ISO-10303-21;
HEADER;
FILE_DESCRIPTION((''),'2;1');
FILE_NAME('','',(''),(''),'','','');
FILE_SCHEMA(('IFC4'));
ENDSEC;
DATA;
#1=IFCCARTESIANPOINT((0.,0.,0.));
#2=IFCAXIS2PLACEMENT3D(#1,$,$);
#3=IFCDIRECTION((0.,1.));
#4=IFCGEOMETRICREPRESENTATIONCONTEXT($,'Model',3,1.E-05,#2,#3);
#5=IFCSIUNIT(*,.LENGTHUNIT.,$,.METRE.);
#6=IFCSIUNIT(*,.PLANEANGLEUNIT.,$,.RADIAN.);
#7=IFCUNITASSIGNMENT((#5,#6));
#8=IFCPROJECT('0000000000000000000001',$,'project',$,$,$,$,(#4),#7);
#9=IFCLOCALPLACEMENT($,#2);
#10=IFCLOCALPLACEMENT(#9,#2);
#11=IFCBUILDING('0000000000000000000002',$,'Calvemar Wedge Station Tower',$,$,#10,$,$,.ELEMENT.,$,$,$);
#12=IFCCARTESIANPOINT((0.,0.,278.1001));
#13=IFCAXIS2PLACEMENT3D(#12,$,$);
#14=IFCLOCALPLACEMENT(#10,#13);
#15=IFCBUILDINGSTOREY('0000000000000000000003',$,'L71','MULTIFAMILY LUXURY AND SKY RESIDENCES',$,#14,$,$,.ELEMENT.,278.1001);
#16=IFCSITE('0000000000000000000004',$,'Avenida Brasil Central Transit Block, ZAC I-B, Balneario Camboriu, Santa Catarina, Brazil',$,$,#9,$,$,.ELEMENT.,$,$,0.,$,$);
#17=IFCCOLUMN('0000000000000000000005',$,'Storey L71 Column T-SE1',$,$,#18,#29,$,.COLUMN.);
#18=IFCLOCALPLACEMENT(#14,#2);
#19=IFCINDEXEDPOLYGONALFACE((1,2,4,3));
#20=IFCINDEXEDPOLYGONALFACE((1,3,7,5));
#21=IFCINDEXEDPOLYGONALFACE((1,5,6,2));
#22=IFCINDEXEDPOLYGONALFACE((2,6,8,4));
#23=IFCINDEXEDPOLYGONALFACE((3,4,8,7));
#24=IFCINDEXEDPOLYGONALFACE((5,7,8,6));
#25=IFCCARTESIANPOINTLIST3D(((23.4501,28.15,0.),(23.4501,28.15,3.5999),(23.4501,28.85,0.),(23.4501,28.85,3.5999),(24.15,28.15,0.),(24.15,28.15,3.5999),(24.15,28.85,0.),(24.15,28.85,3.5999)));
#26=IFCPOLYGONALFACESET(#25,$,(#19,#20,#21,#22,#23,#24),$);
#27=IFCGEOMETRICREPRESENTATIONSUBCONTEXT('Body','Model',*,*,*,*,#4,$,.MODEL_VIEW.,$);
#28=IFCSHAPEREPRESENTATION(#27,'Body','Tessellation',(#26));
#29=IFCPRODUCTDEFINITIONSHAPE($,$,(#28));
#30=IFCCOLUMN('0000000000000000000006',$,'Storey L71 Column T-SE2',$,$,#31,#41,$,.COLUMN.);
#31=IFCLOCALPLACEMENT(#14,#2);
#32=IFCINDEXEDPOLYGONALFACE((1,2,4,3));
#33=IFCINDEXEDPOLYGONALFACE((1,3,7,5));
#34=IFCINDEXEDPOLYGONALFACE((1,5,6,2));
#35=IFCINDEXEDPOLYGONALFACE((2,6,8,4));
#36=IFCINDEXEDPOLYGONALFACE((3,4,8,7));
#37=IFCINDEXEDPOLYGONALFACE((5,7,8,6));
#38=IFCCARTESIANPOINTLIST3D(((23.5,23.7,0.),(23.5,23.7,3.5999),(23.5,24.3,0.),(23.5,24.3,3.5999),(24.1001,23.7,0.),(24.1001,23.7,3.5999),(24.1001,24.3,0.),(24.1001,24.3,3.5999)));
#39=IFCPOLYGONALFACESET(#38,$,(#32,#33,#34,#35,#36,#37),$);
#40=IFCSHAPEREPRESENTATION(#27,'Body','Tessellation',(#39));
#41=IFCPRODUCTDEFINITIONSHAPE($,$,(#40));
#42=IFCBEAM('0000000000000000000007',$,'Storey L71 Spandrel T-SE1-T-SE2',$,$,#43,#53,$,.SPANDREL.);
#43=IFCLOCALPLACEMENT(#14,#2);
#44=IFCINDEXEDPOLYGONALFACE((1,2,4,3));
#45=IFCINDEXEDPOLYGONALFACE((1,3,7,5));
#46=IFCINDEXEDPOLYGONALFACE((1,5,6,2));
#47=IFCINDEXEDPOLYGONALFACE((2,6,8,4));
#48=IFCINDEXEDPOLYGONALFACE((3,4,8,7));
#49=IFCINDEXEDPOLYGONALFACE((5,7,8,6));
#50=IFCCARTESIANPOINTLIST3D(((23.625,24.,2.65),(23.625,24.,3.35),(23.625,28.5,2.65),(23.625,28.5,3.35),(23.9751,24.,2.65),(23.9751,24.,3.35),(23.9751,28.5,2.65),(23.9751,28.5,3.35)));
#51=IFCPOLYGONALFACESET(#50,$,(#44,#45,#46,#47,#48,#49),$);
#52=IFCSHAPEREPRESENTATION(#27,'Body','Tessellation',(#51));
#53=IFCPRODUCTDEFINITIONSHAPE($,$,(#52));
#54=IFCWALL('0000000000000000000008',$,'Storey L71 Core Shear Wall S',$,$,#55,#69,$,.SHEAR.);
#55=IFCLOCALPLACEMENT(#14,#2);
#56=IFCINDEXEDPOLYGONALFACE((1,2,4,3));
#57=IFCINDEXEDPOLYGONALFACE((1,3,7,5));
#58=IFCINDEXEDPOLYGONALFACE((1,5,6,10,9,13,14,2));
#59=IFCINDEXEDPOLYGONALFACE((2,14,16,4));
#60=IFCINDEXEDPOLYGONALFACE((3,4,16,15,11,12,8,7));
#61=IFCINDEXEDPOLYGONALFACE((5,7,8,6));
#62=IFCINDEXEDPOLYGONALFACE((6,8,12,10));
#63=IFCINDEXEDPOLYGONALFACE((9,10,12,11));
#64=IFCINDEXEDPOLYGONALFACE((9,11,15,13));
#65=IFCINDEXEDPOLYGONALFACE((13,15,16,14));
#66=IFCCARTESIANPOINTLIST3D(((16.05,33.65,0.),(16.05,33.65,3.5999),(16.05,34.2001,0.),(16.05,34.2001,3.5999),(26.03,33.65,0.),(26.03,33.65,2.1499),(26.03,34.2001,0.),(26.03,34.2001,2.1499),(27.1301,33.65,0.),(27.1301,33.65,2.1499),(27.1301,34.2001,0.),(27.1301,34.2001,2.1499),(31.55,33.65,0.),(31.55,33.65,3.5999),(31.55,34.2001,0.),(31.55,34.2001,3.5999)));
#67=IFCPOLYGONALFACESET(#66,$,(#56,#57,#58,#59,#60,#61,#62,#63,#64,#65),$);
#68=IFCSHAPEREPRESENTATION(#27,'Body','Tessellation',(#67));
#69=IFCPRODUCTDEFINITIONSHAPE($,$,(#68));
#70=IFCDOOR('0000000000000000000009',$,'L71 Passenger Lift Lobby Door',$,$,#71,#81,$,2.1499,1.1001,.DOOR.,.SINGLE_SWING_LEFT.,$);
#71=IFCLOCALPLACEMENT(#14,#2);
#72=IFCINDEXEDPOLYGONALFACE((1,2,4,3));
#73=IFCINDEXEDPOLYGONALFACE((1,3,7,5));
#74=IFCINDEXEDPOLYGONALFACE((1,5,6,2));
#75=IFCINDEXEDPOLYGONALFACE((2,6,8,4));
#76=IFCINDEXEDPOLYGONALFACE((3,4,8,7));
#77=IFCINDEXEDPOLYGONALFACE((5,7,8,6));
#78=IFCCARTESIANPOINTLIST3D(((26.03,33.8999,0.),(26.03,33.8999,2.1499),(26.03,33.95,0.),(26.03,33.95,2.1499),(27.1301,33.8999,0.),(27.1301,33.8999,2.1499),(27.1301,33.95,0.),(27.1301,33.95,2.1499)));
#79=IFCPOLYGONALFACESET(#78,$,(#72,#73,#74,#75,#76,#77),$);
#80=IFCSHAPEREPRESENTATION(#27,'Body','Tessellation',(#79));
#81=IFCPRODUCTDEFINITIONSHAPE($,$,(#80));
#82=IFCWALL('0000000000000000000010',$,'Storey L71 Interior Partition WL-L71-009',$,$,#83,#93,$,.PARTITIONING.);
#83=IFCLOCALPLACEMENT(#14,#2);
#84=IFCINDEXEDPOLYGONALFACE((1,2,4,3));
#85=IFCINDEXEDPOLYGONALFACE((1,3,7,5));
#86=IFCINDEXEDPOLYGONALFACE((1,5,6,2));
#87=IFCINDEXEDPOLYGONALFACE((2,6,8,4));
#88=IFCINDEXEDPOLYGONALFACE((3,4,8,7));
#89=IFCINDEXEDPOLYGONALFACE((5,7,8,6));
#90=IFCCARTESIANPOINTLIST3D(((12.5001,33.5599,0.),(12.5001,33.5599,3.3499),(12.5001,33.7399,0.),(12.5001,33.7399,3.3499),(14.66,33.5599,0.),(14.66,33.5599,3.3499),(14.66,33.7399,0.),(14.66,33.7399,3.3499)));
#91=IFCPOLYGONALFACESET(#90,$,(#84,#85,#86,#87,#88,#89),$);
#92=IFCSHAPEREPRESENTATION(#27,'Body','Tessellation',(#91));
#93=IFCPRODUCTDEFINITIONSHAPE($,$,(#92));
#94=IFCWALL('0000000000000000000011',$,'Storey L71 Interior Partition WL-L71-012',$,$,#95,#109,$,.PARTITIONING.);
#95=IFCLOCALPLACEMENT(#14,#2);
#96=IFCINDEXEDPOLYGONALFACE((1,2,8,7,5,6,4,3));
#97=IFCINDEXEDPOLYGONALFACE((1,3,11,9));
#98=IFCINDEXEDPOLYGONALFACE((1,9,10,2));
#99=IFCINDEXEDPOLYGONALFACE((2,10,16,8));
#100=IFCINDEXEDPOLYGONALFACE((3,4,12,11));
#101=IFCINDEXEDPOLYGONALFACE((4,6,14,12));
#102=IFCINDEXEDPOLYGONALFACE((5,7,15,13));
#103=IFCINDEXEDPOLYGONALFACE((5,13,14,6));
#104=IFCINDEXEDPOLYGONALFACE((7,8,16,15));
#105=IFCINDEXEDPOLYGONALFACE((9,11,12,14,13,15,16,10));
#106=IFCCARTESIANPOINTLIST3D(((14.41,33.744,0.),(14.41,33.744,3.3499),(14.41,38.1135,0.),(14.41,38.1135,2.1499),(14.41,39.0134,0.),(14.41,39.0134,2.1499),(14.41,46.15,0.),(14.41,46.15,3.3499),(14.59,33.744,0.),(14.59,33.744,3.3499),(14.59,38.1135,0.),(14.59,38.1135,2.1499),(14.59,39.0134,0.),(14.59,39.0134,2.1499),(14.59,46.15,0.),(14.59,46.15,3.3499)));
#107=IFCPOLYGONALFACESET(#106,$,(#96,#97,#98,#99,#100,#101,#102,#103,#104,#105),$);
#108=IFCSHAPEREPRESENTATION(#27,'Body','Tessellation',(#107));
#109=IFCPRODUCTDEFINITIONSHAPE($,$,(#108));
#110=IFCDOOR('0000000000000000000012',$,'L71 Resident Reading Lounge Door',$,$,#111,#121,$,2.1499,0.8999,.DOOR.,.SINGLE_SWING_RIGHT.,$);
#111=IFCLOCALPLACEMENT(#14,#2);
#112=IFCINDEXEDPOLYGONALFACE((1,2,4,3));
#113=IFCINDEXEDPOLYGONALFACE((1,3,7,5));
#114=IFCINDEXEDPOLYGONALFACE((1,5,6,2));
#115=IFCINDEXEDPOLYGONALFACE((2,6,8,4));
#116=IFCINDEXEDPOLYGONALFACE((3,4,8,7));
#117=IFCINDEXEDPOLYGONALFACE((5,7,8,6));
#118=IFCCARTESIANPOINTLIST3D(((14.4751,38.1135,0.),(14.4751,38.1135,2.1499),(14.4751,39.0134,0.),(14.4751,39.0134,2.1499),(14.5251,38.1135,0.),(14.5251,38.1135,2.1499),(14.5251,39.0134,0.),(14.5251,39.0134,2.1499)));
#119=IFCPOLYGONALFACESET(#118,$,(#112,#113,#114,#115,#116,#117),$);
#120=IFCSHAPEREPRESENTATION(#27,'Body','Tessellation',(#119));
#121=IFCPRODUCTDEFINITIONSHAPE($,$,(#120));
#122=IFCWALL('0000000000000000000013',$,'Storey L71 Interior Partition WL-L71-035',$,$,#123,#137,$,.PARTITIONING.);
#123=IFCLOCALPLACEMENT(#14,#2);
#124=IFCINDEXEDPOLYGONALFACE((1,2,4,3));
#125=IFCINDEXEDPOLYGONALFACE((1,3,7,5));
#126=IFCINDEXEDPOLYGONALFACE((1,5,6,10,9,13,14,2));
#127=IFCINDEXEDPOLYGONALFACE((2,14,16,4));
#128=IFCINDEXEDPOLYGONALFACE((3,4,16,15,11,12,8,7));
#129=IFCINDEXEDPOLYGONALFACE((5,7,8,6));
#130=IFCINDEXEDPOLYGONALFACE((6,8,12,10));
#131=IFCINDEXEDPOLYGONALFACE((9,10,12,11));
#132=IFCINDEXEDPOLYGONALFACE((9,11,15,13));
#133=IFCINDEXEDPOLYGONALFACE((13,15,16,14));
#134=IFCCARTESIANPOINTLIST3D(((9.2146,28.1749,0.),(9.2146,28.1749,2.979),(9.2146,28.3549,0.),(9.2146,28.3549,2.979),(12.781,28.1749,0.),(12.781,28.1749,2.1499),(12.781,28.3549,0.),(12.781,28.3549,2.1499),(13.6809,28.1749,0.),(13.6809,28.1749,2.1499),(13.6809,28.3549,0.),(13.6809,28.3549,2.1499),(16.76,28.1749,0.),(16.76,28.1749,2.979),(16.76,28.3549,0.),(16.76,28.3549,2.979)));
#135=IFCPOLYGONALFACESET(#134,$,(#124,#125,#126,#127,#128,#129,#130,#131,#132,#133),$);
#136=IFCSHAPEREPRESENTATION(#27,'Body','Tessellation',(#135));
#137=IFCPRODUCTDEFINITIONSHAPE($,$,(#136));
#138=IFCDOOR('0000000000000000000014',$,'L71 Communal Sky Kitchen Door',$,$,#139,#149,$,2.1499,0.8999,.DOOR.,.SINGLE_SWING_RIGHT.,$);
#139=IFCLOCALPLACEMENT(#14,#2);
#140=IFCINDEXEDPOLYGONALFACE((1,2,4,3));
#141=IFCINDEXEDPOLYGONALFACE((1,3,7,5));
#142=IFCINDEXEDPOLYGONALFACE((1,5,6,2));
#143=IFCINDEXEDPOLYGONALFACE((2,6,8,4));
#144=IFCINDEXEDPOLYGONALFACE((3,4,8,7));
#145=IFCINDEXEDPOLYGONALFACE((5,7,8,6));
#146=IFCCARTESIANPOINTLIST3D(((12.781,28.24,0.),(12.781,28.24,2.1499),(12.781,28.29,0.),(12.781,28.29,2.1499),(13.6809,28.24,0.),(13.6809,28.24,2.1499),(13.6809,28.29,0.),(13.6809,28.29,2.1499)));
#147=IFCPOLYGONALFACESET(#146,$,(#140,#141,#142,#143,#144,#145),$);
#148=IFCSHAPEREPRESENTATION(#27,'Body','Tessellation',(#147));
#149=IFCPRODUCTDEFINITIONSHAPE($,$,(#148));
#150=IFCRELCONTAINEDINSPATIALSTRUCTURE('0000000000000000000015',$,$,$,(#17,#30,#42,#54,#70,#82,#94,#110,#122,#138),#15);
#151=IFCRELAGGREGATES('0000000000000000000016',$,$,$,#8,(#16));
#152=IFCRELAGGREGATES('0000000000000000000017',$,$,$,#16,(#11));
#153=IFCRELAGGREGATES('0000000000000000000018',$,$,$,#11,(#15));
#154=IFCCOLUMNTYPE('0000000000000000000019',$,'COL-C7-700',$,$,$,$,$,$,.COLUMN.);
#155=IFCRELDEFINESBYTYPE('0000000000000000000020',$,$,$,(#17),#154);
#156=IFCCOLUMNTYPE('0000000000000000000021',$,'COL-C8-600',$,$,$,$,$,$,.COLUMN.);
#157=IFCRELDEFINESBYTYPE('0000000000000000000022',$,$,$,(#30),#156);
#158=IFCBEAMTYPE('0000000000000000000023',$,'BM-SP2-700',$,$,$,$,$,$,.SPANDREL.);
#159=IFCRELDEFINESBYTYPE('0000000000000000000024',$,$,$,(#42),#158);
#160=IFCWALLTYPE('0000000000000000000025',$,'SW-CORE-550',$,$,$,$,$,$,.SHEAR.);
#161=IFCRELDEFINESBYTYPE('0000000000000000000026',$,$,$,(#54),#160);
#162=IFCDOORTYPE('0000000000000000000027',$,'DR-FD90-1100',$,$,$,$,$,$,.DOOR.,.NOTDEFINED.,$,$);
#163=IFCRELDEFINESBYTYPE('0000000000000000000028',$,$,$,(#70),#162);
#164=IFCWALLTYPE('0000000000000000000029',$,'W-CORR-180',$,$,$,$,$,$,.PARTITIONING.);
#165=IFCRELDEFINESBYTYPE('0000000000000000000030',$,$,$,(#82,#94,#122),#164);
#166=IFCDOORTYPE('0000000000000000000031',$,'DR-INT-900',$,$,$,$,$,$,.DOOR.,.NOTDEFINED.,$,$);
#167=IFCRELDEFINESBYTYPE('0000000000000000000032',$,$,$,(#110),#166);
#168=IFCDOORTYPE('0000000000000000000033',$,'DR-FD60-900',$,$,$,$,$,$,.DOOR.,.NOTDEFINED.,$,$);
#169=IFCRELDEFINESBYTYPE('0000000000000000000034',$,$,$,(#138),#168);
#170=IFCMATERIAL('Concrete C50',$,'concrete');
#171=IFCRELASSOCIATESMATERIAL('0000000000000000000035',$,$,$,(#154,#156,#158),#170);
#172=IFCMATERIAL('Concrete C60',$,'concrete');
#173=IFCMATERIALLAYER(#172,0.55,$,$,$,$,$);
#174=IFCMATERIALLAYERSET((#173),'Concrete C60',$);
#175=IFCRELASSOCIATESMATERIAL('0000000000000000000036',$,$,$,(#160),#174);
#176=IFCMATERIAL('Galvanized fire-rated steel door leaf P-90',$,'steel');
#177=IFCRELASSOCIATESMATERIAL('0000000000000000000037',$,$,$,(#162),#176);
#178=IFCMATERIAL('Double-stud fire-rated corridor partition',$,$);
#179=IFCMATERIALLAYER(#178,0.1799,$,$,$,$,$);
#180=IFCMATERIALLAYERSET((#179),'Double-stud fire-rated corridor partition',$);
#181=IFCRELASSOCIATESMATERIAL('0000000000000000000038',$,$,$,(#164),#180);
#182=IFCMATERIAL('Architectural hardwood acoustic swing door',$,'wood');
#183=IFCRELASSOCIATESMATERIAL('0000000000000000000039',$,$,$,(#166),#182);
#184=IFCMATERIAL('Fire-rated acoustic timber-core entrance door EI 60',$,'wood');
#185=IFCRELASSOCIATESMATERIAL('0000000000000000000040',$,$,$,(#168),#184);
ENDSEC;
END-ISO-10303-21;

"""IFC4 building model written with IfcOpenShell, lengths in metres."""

from ifc_helpers import new_model, si_unit, direction, frame, frame_2d, origin, origin_2d, place, context, subcontext, project, spatial, rectangle, extrude, source, transform, mapped, material, layer, layer_set, material_profile, profile_set, type_object, element, fill, save


model = new_model("IFC4")

# Units and contexts
model_context = context("Model", 3, precision=1e-05, world=origin(), true_north=direction((0.0, 1.0)))
body_context = subcontext(model_context, "Body", "Model", "MODEL_VIEW")
ifc_project = project(units=[si_unit("LENGTHUNIT", "METRE"), si_unit("PLANEANGLEUNIT", "RADIAN")], contexts=[model_context])

# Site, building, storey
site_placement = place(None, origin())
site = spatial("IfcSite", under=ifc_project, at=site_placement, Name="Avenida Brasil Central Transit Block, ZAC I-B, Balneario Camboriu, Santa Catarina, Brazil", CompositionType="ELEMENT", RefElevation=0.0)
building_placement = place(site_placement, origin())
building = spatial("IfcBuilding", under=site, at=building_placement, Name="Calvemar Wedge Station Tower", CompositionType="ELEMENT")
storey_placement = place(building_placement, frame((0.0, 0.0, 278.1001)))
storey = spatial("IfcBuildingStorey", under=building, at=storey_placement, Name="L71", Description="MULTIFAMILY LUXURY AND SKY RESIDENCES", CompositionType="ELEMENT", Elevation=278.1001)

# Columns
ifc_material_1 = material(Name="Concrete C50", Category="concrete")
ifc_material_profile_1 = material_profile(ifc_material_1, rectangle(XDim=0.7, YDim=0.7, at=origin_2d()), Name="RC700x700")
ifc_profile_set_1 = profile_set([ifc_material_profile_1], Name="Concrete C50")
column_type_1 = type_object("IfcColumnType", Name="COL-C7-700", PredefinedType="COLUMN", material=ifc_profile_set_1)
shared_shape_1 = source(origin(), body_context, "Body", "SweptSolid", [
    extrude(rectangle(XDim=0.7, YDim=0.7, at=origin_2d()), origin(), (0.0, 0.0, 1.0), 3.5999),
])
column_1_placement = place(storey_placement, frame((23.8, 28.5, 0.0), z_axis=(0.0, 0.0, 1.0), x_axis=(1.0, 0.0, 0.0)))
element("IfcColumn", 1, at=column_1_placement, inside=storey, type_object=column_type_1, Name="Storey L71 Column T-SE1", PredefinedType="COLUMN", context=body_context, shape_type="MappedRepresentation", body=[
    mapped(shared_shape_1, transform((0.0, 0.0, 0.0), scale=1.0)),
])
ifc_material_profile_2 = material_profile(ifc_material_1, rectangle(XDim=0.6001, YDim=0.6001, at=origin_2d()), Name="RC600x600")
ifc_profile_set_2 = profile_set([ifc_material_profile_2], Name="Concrete C50")
column_type_2 = type_object("IfcColumnType", Name="COL-C8-600", PredefinedType="COLUMN", material=ifc_profile_set_2)
shared_shape_2 = source(origin(), body_context, "Body", "SweptSolid", [
    extrude(rectangle(XDim=0.6001, YDim=0.6001, at=origin_2d()), origin(), (0.0, 0.0, 1.0), 3.5999),
])
column_2_placement = place(storey_placement, frame((23.8, 24.0, 0.0), z_axis=(0.0, 0.0, 1.0), x_axis=(1.0, 0.0, 0.0)))
element("IfcColumn", 2, at=column_2_placement, inside=storey, type_object=column_type_2, Name="Storey L71 Column T-SE2", PredefinedType="COLUMN", context=body_context, shape_type="MappedRepresentation", body=[
    mapped(shared_shape_2, transform((0.0, 0.0, 0.0), scale=1.0)),
])

# Beam
ifc_material_profile_3 = material_profile(ifc_material_1, rectangle(XDim=0.3501, YDim=0.7, at=origin_2d()), Name="RC350x700")
ifc_profile_set_3 = profile_set([ifc_material_profile_3], Name="Concrete C50")
beam_type = type_object("IfcBeamType", Name="BM-SP2-700", PredefinedType="SPANDREL", material=ifc_profile_set_3)
shared_shape_3 = source(origin(), body_context, "Body", "SweptSolid", [
    extrude(rectangle(XDim=0.3501, YDim=0.7, at=origin_2d()), origin(), (0.0, 0.0, 1.0), 4.5),
])
beam_placement = place(storey_placement, frame((23.8, 28.5, 3.0), z_axis=(0.0, -1.0, 0.0), x_axis=(1.0, 0.0, 0.0)))
element("IfcBeam", 3, at=beam_placement, inside=storey, type_object=beam_type, Name="Storey L71 Spandrel T-SE1-T-SE2", PredefinedType="SPANDREL", context=body_context, shape_type="MappedRepresentation", body=[
    mapped(shared_shape_3, transform((0.0, 0.0, 0.0), scale=1.0)),
])

# Wall, opening, door
ifc_material_2 = material(Name="Concrete C60", Category="concrete")
ifc_layer_1 = layer(ifc_material_2, 0.55)
ifc_layer_set_1 = layer_set([ifc_layer_1], Name="Concrete C60")
wall_type_1 = type_object("IfcWallType", Name="SW-CORE-550", PredefinedType="SHEAR", material=ifc_layer_set_1)
wall_1_placement = place(storey_placement, frame((16.05, 33.925, 0.0), z_axis=(0.0, 0.0, 1.0), x_axis=(1.0, 0.0, 0.0)))
wall_1 = element("IfcWall", 4, at=wall_1_placement, inside=storey, type_object=wall_type_1, Name="Storey L71 Core Shear Wall S", PredefinedType="SHEAR", context=body_context, shape_type="SweptSolid", body=[
    extrude(rectangle(XDim=15.5, YDim=0.55, at=frame_2d((7.75, 0.0))), origin(), (0.0, 0.0, 1.0), 3.5999),
])
shared_shape_4 = source(origin(), body_context, "Body", "SweptSolid", [
    extrude(rectangle(XDim=1.1001, YDim=2.1499, at=frame_2d((0.55, 1.075))), frame((0.0, 0.2852, 0.0), z_axis=(0.0, -1.0, 0.0), x_axis=(1.0, 0.0, 0.0)), (0.0, 0.0, 1.0), 0.5701),
])
opening_1_placement = place(wall_1_placement, frame((9.98, 0.0, 0.0)))
opening_1 = element("IfcOpeningElement", 5, at=opening_1_placement, cuts=wall_1, PredefinedType="OPENING", context=body_context, shape_type="MappedRepresentation", body=[
    mapped(shared_shape_4, transform((0.0, 0.0, 0.0), scale=1.0)),
])
ifc_material_3 = material(Name="Galvanized fire-rated steel door leaf P-90", Category="steel")
door_type_1 = type_object("IfcDoorType", Name="DR-FD90-1100", OperationType="NOTDEFINED", PredefinedType="DOOR", material=ifc_material_3)
shared_shape_5 = source(origin(), body_context, "Body", "SweptSolid", [
    extrude(rectangle(XDim=1.1001, YDim=2.1499, at=frame_2d((0.55, 1.075))), frame((0.0, 0.0249, 0.0), z_axis=(0.0, -1.0, 0.0), x_axis=(1.0, 0.0, 0.0)), (0.0, 0.0, 1.0), 0.05),
])
door_1_placement = place(opening_1_placement, origin())
door_1 = element("IfcDoor", 6, at=door_1_placement, inside=storey, type_object=door_type_1, Name="L71 Passenger Lift Lobby Door", OperationType="SINGLE_SWING_LEFT", OverallHeight=2.1499, OverallWidth=1.1001, PredefinedType="DOOR", context=body_context, shape_type="MappedRepresentation", body=[
    mapped(shared_shape_5, transform((0.0, 0.0, 0.0), scale=1.0)),
])
fill(opening_1, door_1)

# Wall
ifc_material_4 = material(Name="Double-stud fire-rated corridor partition")
ifc_layer_2 = layer(ifc_material_4, 0.1799)
ifc_layer_set_2 = layer_set([ifc_layer_2], Name="Double-stud fire-rated corridor partition")
wall_type_2 = type_object("IfcWallType", Name="W-CORR-180", PredefinedType="PARTITIONING", material=ifc_layer_set_2)
wall_2_placement = place(storey_placement, frame((12.5, 33.6499, 0.0), z_axis=(0.0, 0.0, 1.0), x_axis=(1.0, 0.0, 0.0)))
element("IfcWall", 7, at=wall_2_placement, inside=storey, type_object=wall_type_2, Name="Storey L71 Interior Partition WL-L71-009", PredefinedType="PARTITIONING", context=body_context, shape_type="SweptSolid", body=[
    extrude(rectangle(XDim=2.1599, YDim=0.1799, at=frame_2d((1.0801, 0.0))), origin(), (0.0, 0.0, 1.0), 3.3499),
])

# Walls, openings, doors
wall_3_placement = place(storey_placement, frame((14.5, 33.7439, 0.0), z_axis=(0.0, 0.0, 1.0), x_axis=(0.0, 1.0, 0.0)))
wall_3 = element("IfcWall", 8, at=wall_3_placement, inside=storey, type_object=wall_type_2, Name="Storey L71 Interior Partition WL-L71-012", PredefinedType="PARTITIONING", context=body_context, shape_type="SweptSolid", body=[
    extrude(rectangle(XDim=12.406, YDim=0.1799, at=frame_2d((6.2031, 0.0))), origin(), (0.0, 0.0, 1.0), 3.3499),
])
shared_shape_6 = source(origin(), body_context, "Body", "SweptSolid", [
    extrude(rectangle(XDim=0.8999, YDim=2.1499, at=frame_2d((0.45, 1.075))), frame((0.0, 0.1001, 0.0), z_axis=(0.0, -1.0, 0.0), x_axis=(1.0, 0.0, 0.0)), (0.0, 0.0, 1.0), 0.2),
])
opening_2_placement = place(wall_3_placement, frame((4.3696, 0.0, 0.0)))
opening_2 = element("IfcOpeningElement", 9, at=opening_2_placement, cuts=wall_3, PredefinedType="OPENING", context=body_context, shape_type="MappedRepresentation", body=[
    mapped(shared_shape_6, transform((0.0, 0.0, 0.0), scale=1.0)),
])
ifc_material_5 = material(Name="Architectural hardwood acoustic swing door", Category="wood")
door_type_2 = type_object("IfcDoorType", Name="DR-INT-900", OperationType="NOTDEFINED", PredefinedType="DOOR", material=ifc_material_5)
shared_shape_7 = source(origin(), body_context, "Body", "SweptSolid", [
    extrude(rectangle(XDim=0.8999, YDim=2.1499, at=frame_2d((0.45, 1.075))), frame((0.0, 0.0249, 0.0), z_axis=(0.0, -1.0, 0.0), x_axis=(1.0, 0.0, 0.0)), (0.0, 0.0, 1.0), 0.05),
])
door_2_placement = place(opening_2_placement, origin())
door_2 = element("IfcDoor", 10, at=door_2_placement, inside=storey, type_object=door_type_2, Name="L71 Resident Reading Lounge Door", OperationType="SINGLE_SWING_RIGHT", OverallHeight=2.1499, OverallWidth=0.8999, PredefinedType="DOOR", context=body_context, shape_type="MappedRepresentation", body=[
    mapped(shared_shape_7, transform((0.0, 0.0, 0.0), scale=1.0)),
])
fill(opening_2, door_2)
wall_4_placement = place(storey_placement, frame((16.76, 28.2649, 0.0), z_axis=(0.0, 0.0, 1.0), x_axis=(-1.0, 0.0, 0.0)))
wall_4 = element("IfcWall", 11, at=wall_4_placement, inside=storey, type_object=wall_type_2, Name="Storey L71 Interior Partition WL-L71-035", PredefinedType="PARTITIONING", context=body_context, shape_type="SweptSolid", body=[
    extrude(rectangle(XDim=7.5454, YDim=0.1799, at=frame_2d((3.7727, 0.0))), origin(), (0.0, 0.0, 1.0), 2.979),
])
opening_3_placement = place(wall_4_placement, frame((3.0791, 0.0, 0.0)))
opening_3 = element("IfcOpeningElement", 12, at=opening_3_placement, cuts=wall_4, PredefinedType="OPENING", context=body_context, shape_type="MappedRepresentation", body=[
    mapped(shared_shape_6, transform((0.0, 0.0, 0.0), scale=1.0)),
])
ifc_material_6 = material(Name="Fire-rated acoustic timber-core entrance door EI 60", Category="wood")
door_type_3 = type_object("IfcDoorType", Name="DR-FD60-900", OperationType="NOTDEFINED", PredefinedType="DOOR", material=ifc_material_6)
shared_shape_8 = source(origin(), body_context, "Body", "SweptSolid", [
    extrude(rectangle(XDim=0.8999, YDim=2.1499, at=frame_2d((0.45, 1.075))), frame((0.0, 0.0249, 0.0), z_axis=(0.0, -1.0, 0.0), x_axis=(1.0, 0.0, 0.0)), (0.0, 0.0, 1.0), 0.05),
])
door_3_placement = place(opening_3_placement, origin())
door_3 = element("IfcDoor", 13, at=door_3_placement, inside=storey, type_object=door_type_3, Name="L71 Communal Sky Kitchen Door", OperationType="SINGLE_SWING_RIGHT", OverallHeight=2.1499, OverallWidth=0.8999, PredefinedType="DOOR", context=body_context, shape_type="MappedRepresentation", body=[
    mapped(shared_shape_8, transform((0.0, 0.0, 0.0), scale=1.0)),
])
fill(opening_3, door_3)

save(model, "model.ifc")
